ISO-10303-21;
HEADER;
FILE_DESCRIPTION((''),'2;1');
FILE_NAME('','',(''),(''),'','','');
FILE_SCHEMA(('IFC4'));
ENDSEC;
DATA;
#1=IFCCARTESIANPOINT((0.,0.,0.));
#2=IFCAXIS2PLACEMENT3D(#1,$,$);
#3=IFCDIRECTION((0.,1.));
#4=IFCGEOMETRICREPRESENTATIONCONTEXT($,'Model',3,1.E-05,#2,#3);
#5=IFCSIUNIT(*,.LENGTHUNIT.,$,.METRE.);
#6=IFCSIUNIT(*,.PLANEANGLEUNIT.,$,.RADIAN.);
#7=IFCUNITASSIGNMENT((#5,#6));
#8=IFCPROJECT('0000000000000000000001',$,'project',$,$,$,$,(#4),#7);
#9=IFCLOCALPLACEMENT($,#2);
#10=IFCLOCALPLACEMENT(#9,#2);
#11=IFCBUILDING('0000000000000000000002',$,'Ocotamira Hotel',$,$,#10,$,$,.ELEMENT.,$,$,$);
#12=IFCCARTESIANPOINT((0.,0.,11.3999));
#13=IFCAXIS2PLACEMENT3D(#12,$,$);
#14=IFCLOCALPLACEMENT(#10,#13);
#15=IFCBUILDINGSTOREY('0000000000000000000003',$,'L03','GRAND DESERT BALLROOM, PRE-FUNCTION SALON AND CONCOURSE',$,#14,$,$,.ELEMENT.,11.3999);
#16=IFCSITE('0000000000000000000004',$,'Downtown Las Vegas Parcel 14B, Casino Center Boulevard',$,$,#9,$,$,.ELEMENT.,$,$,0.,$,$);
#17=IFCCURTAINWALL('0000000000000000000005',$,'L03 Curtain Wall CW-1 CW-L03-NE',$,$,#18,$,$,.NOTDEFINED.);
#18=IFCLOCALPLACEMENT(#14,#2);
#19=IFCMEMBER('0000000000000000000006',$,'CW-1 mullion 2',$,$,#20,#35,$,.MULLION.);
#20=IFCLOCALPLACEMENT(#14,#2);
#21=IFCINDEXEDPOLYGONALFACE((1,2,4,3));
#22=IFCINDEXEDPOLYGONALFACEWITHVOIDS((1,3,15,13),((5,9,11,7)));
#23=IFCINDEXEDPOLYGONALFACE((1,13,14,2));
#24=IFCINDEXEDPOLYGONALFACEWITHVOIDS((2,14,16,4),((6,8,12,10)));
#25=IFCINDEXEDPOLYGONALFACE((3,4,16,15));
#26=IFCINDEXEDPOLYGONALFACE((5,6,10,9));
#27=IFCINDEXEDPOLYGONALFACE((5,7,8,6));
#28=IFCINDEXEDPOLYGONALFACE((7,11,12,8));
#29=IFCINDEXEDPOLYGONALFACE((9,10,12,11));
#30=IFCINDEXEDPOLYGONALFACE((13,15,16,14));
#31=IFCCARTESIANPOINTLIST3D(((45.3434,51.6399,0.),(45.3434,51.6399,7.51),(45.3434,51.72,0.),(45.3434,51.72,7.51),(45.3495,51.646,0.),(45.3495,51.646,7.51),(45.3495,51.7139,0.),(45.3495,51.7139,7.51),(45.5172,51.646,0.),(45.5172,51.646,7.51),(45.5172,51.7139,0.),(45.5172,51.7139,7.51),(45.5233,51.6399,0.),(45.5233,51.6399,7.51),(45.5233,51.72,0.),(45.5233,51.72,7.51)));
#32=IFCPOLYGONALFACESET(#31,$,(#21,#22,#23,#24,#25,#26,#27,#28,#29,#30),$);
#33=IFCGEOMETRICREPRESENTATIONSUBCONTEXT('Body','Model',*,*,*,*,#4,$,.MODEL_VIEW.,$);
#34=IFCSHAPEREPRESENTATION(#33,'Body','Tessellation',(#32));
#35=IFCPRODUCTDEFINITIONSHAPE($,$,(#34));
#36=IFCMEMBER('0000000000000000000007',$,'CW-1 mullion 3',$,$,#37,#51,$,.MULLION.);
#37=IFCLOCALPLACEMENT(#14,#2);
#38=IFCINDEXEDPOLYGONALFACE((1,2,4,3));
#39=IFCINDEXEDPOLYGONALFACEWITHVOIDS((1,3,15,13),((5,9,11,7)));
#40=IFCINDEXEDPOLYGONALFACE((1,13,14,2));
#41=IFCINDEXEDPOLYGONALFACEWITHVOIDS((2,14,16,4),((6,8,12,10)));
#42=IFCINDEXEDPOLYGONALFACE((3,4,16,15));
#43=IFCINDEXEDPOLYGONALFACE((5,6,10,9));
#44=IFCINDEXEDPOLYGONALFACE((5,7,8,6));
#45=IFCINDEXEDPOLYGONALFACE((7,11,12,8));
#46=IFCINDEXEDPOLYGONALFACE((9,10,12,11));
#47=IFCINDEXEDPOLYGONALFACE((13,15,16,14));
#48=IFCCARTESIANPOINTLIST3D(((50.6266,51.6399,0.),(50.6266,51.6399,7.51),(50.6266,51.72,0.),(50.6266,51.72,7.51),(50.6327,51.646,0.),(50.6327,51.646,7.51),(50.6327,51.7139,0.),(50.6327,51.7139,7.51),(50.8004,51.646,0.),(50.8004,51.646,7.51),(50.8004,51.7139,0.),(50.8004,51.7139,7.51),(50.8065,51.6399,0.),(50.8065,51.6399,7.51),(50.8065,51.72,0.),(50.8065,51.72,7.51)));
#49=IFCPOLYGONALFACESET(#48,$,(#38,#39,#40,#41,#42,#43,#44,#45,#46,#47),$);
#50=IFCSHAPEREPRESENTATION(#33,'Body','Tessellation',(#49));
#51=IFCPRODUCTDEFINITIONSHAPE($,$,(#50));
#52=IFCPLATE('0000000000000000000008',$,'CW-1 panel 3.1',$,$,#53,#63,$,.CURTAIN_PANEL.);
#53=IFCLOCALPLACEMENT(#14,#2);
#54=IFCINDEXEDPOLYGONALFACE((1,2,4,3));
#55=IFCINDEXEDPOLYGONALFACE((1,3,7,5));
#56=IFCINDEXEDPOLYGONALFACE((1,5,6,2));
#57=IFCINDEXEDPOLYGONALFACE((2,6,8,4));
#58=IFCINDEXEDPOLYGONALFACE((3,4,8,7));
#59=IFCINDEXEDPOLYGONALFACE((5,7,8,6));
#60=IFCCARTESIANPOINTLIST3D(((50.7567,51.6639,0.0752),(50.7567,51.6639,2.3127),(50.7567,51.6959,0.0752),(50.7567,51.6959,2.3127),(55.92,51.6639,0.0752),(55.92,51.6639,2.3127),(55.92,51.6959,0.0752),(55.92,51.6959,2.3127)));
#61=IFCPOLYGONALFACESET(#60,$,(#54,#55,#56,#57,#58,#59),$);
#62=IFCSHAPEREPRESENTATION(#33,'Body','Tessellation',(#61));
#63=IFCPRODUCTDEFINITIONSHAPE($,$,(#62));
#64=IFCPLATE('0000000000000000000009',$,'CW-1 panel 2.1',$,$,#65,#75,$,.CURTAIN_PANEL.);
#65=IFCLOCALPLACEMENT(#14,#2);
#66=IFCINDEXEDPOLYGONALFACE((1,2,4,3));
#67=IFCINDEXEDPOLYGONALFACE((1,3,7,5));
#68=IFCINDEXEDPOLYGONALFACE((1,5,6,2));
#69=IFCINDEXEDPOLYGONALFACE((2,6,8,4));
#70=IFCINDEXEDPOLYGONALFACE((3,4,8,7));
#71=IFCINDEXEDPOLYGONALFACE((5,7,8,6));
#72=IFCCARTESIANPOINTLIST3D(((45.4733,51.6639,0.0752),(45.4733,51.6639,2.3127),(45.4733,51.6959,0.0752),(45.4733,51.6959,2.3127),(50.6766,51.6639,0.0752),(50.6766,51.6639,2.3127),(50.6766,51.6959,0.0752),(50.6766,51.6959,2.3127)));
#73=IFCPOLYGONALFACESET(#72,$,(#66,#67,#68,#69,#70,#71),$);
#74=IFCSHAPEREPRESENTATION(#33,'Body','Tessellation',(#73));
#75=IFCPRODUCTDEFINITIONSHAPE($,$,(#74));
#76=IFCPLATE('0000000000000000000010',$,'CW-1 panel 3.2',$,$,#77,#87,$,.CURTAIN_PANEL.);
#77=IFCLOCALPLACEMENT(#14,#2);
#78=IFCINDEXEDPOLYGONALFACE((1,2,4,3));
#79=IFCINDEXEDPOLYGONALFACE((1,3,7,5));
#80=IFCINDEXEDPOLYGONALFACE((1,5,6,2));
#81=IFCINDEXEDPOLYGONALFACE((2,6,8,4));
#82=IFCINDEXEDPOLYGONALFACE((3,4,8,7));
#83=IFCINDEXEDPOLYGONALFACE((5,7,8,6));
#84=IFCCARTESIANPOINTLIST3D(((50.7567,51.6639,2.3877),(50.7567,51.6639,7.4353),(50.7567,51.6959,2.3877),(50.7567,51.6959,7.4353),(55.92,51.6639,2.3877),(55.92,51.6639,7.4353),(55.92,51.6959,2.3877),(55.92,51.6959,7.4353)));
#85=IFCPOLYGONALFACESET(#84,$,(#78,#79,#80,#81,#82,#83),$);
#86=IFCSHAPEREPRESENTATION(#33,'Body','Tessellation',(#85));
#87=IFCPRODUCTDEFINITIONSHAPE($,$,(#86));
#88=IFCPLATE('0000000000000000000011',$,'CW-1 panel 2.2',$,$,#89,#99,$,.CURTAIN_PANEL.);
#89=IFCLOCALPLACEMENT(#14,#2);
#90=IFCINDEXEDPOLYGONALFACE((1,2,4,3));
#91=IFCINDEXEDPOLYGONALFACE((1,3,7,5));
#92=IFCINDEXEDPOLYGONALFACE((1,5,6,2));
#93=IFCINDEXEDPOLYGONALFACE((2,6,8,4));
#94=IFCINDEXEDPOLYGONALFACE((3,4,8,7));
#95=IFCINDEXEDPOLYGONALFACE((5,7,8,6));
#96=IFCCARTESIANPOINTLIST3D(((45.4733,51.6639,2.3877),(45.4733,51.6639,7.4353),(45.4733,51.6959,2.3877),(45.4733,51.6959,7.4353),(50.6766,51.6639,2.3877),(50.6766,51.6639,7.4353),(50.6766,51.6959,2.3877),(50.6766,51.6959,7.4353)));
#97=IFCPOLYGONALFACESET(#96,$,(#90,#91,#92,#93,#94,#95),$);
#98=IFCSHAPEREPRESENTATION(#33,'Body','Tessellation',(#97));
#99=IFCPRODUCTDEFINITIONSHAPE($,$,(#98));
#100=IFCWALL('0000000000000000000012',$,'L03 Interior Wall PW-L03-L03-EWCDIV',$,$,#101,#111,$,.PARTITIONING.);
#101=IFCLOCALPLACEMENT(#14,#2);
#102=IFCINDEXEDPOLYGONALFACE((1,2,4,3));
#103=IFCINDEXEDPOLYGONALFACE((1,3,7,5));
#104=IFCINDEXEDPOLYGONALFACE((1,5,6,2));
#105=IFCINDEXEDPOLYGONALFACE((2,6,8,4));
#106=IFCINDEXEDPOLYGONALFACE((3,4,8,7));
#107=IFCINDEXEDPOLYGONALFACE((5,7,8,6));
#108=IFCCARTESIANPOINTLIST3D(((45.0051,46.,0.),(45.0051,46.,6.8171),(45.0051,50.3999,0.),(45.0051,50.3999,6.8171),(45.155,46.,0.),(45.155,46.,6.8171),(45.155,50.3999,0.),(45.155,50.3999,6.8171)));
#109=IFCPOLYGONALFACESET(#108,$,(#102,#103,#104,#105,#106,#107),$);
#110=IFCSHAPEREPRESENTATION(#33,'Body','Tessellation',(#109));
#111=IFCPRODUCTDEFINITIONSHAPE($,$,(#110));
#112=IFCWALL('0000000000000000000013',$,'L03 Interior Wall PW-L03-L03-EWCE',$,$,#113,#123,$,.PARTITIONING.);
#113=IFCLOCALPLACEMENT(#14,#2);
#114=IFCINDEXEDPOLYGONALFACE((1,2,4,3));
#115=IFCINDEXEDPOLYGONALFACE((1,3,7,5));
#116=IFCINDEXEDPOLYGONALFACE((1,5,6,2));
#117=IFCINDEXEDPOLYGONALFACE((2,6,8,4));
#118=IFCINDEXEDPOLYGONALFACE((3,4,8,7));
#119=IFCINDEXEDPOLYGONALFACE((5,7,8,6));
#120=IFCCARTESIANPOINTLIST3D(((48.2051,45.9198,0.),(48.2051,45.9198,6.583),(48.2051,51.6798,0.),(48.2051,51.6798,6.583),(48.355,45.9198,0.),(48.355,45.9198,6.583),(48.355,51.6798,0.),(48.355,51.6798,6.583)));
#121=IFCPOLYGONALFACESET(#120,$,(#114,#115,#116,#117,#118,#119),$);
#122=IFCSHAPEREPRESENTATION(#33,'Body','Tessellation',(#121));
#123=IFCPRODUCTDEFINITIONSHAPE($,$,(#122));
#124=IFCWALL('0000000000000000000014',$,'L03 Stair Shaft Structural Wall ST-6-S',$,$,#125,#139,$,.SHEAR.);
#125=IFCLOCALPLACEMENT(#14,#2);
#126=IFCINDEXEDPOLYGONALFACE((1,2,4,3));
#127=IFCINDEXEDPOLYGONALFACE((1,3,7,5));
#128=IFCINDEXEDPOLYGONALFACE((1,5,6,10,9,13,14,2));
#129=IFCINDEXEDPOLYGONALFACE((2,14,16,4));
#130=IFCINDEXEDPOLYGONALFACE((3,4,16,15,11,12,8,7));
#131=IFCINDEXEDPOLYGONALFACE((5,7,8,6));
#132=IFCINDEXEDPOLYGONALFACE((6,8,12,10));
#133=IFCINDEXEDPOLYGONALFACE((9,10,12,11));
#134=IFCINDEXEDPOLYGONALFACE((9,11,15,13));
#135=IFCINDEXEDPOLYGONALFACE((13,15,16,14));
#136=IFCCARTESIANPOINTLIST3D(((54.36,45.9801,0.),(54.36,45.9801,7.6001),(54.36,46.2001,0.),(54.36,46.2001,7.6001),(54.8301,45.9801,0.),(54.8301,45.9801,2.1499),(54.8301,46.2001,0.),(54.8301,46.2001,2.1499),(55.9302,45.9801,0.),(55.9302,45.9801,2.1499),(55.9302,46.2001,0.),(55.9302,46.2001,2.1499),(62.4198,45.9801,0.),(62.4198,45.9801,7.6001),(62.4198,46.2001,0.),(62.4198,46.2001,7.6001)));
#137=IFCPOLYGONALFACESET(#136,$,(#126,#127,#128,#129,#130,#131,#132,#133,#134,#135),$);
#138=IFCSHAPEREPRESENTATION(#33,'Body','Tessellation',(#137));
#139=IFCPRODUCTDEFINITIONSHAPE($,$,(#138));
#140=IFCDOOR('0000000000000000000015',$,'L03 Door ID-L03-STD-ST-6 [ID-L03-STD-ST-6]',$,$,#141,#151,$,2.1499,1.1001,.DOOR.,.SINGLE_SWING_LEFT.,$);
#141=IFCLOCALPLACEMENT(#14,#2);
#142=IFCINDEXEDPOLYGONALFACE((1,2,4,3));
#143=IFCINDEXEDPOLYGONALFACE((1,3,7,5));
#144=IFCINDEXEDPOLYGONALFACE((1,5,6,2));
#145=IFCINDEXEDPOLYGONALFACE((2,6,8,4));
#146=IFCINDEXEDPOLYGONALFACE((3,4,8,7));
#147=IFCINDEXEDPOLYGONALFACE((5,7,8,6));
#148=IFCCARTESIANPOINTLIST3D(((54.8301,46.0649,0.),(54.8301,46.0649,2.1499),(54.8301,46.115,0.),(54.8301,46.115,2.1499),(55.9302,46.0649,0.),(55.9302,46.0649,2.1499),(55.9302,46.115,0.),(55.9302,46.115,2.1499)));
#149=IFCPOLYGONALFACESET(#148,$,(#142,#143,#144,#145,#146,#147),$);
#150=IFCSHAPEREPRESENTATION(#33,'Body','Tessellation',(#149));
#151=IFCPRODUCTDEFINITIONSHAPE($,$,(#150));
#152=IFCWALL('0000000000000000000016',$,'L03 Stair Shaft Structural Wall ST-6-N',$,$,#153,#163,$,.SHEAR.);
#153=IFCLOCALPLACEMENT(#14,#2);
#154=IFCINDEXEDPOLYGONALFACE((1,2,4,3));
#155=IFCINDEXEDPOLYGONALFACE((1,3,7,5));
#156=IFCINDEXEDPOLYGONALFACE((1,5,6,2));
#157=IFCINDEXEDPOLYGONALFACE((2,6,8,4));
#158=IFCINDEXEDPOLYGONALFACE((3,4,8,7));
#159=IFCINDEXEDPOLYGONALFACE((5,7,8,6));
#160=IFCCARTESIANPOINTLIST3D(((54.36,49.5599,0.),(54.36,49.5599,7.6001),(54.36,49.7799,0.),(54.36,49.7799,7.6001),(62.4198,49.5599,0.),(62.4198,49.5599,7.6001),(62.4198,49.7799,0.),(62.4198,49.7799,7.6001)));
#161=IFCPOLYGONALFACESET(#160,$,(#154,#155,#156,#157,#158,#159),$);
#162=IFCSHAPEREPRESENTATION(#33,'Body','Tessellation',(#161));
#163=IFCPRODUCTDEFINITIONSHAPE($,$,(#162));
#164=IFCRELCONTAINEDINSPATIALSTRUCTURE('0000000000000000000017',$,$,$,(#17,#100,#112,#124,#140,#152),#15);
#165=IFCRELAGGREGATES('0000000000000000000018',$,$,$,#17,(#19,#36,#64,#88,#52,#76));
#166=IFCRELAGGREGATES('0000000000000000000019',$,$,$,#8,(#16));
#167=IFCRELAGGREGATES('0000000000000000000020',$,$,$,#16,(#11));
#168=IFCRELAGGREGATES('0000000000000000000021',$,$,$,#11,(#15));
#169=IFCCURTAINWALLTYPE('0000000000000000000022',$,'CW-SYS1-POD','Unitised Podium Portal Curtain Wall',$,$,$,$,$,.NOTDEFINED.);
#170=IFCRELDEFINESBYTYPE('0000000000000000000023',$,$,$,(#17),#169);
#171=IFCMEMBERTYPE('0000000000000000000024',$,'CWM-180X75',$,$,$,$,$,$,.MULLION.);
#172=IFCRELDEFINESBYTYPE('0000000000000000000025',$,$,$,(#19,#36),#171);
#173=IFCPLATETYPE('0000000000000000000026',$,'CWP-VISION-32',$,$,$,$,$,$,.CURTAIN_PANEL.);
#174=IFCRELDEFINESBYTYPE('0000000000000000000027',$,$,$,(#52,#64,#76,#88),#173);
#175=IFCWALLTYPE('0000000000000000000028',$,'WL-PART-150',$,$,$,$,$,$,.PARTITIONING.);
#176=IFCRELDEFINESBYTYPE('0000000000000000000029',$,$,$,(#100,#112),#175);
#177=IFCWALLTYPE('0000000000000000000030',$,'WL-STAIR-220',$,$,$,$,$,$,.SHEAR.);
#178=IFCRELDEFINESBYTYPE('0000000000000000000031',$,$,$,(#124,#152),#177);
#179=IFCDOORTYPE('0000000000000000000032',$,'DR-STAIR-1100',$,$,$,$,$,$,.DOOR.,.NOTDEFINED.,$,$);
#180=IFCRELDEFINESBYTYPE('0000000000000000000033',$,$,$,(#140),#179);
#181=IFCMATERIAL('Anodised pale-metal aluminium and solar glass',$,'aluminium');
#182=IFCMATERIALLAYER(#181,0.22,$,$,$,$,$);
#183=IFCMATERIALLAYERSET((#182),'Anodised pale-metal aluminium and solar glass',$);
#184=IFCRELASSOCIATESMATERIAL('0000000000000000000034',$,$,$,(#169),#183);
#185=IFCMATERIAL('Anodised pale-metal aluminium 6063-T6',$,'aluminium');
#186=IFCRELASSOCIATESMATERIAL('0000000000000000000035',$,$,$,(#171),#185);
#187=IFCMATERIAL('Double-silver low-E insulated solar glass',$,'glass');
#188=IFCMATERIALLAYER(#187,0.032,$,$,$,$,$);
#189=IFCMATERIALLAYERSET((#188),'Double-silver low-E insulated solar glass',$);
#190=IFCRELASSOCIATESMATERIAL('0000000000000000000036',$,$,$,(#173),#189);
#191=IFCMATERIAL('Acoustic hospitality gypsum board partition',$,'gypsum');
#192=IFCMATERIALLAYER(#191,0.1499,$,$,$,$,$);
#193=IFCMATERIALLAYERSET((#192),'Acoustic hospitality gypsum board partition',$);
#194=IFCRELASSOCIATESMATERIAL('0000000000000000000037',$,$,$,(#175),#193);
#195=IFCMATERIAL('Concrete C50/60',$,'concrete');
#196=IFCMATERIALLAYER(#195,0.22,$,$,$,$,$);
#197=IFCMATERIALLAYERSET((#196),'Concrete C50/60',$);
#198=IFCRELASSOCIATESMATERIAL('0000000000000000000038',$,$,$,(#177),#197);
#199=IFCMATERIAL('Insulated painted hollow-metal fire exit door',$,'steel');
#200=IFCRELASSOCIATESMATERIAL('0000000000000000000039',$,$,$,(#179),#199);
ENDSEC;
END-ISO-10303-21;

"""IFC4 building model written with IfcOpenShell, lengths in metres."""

from ifc_helpers import new_model, si_unit, direction, frame, frame_2d, origin, origin_2d, place, context, subcontext, project, spatial, rectangle, hollow_rectangle, extrude, source, transform, mapped, material, layer, layer_set, material_profile, profile_set, type_object, element, fill, aggregate, save


model = new_model("IFC4")

# Units and contexts
model_context = context("Model", 3, precision=1e-05, world=origin(), true_north=direction((0.0, 1.0)))
body_context = subcontext(model_context, "Body", "Model", "MODEL_VIEW")
ifc_project = project(units=[si_unit("LENGTHUNIT", "METRE"), si_unit("PLANEANGLEUNIT", "RADIAN")], contexts=[model_context])

# Site, building, storey
site_placement = place(None, origin())
site = spatial("IfcSite", under=ifc_project, at=site_placement, Name="Downtown Las Vegas Parcel 14B, Casino Center Boulevard", CompositionType="ELEMENT", RefElevation=0.0)
building_placement = place(site_placement, origin())
building = spatial("IfcBuilding", under=site, at=building_placement, Name="Ocotamira Hotel", CompositionType="ELEMENT")
storey_placement = place(building_placement, frame((0.0, 0.0, 11.3999)))
storey = spatial("IfcBuildingStorey", under=building, at=storey_placement, Name="L03", Description="GRAND DESERT BALLROOM, PRE-FUNCTION SALON AND CONCOURSE", CompositionType="ELEMENT", Elevation=11.3999)

# Curtain wall, members, plates
ifc_material_1 = material(Name="Anodised pale-metal aluminium and solar glass", Category="aluminium")
ifc_layer_1 = layer(ifc_material_1, 0.22)
ifc_layer_set_1 = layer_set([ifc_layer_1], Name="Anodised pale-metal aluminium and solar glass")
curtain_wall_type = type_object("IfcCurtainWallType", Name="CW-SYS1-POD", Description="Unitised Podium Portal Curtain Wall", PredefinedType="NOTDEFINED", material=ifc_layer_set_1)
curtain_wall_placement = place(storey_placement, origin())
curtain_wall = element("IfcCurtainWall", 1, at=curtain_wall_placement, inside=storey, type_object=curtain_wall_type, Name="L03 Curtain Wall CW-1 CW-L03-NE", PredefinedType="NOTDEFINED")
ifc_material_2 = material(Name="Anodised pale-metal aluminium 6063-T6", Category="aluminium")
ifc_material_profile_1 = material_profile(ifc_material_2, hollow_rectangle(XDim=0.0801, YDim=0.1799, WallThickness=0.0061, at=origin_2d()), Name="HSS180X80X6")
ifc_profile_set_1 = profile_set([ifc_material_profile_1], Name="Anodised pale-metal aluminium 6063-T6")
member_type_1 = type_object("IfcMemberType", Name="CWM-180X75", PredefinedType="MULLION", material=ifc_profile_set_1)
shared_shape_1 = source(origin(), body_context, "Body", "SweptSolid", [
    extrude(hollow_rectangle(XDim=0.0801, YDim=0.1799, WallThickness=0.0061, at=origin_2d()), origin(), (0.0, 0.0, 1.0), 7.51),
])
member_1_placement = place(storey_placement, frame((45.4333, 51.6799, 0.0), z_axis=(0.0, 0.0, 1.0), x_axis=(0.0, 1.0, 0.0)))
member_1 = element("IfcMember", 2, at=member_1_placement, type_object=member_type_1, Name="CW-1 mullion 2", PredefinedType="MULLION", context=body_context, shape_type="MappedRepresentation", body=[
    mapped(shared_shape_1, transform((0.0, 0.0, 0.0), scale=1.0)),
])
member_2_placement = place(storey_placement, frame((50.7166, 51.6799, 0.0), z_axis=(0.0, 0.0, 1.0), x_axis=(0.0, 1.0, 0.0)))
member_2 = element("IfcMember", 3, at=member_2_placement, type_object=member_type_1, Name="CW-1 mullion 3", PredefinedType="MULLION", context=body_context, shape_type="MappedRepresentation", body=[
    mapped(shared_shape_1, transform((0.0, 0.0, 0.0), scale=1.0)),
])
ifc_material_3 = material(Name="Double-silver low-E insulated solar glass", Category="glass")
ifc_layer_2 = layer(ifc_material_3, 0.032)
ifc_layer_set_2 = layer_set([ifc_layer_2], Name="Double-silver low-E insulated solar glass")
plate_type = type_object("IfcPlateType", Name="CWP-VISION-32", PredefinedType="CURTAIN_PANEL", material=ifc_layer_set_2)
shared_shape_2 = source(origin(), body_context, "Body", "SweptSolid", [
    extrude(rectangle(XDim=5.1633, YDim=0.032, at=origin_2d()), origin(), (0.0, 0.0, 1.0), 2.2375),
])
plate_1_placement = place(storey_placement, frame((53.3384, 51.6799, 0.0752), z_axis=(0.0, 0.0, 1.0), x_axis=(1.0, 0.0, 0.0)))
plate_1 = element("IfcPlate", 4, at=plate_1_placement, type_object=plate_type, Name="CW-1 panel 3.1", PredefinedType="CURTAIN_PANEL", context=body_context, shape_type="MappedRepresentation", body=[
    mapped(shared_shape_2, transform((0.0, 0.0, 0.0), scale=1.0)),
])
shared_shape_3 = source(origin(), body_context, "Body", "SweptSolid", [
    extrude(rectangle(XDim=5.2034, YDim=0.032, at=origin_2d()), origin(), (0.0, 0.0, 1.0), 2.2375),
])
plate_2_placement = place(storey_placement, frame((48.075, 51.6799, 0.0752), z_axis=(0.0, 0.0, 1.0), x_axis=(1.0, 0.0, 0.0)))
plate_2 = element("IfcPlate", 5, at=plate_2_placement, type_object=plate_type, Name="CW-1 panel 2.1", PredefinedType="CURTAIN_PANEL", context=body_context, shape_type="MappedRepresentation", body=[
    mapped(shared_shape_3, transform((0.0, 0.0, 0.0), scale=1.0)),
])
shared_shape_4 = source(origin(), body_context, "Body", "SweptSolid", [
    extrude(rectangle(XDim=5.1633, YDim=0.032, at=origin_2d()), origin(), (0.0, 0.0, 1.0), 5.0476),
])
plate_3_placement = place(storey_placement, frame((53.3384, 51.6799, 2.3877), z_axis=(0.0, 0.0, 1.0), x_axis=(1.0, 0.0, 0.0)))
plate_3 = element("IfcPlate", 6, at=plate_3_placement, type_object=plate_type, Name="CW-1 panel 3.2", PredefinedType="CURTAIN_PANEL", context=body_context, shape_type="MappedRepresentation", body=[
    mapped(shared_shape_4, transform((0.0, 0.0, 0.0), scale=1.0)),
])
shared_shape_5 = source(origin(), body_context, "Body", "SweptSolid", [
    extrude(rectangle(XDim=5.2034, YDim=0.032, at=origin_2d()), origin(), (0.0, 0.0, 1.0), 5.0476),
])
plate_4_placement = place(storey_placement, frame((48.075, 51.6799, 2.3877), z_axis=(0.0, 0.0, 1.0), x_axis=(1.0, 0.0, 0.0)))
plate_4 = element("IfcPlate", 7, at=plate_4_placement, type_object=plate_type, Name="CW-1 panel 2.2", PredefinedType="CURTAIN_PANEL", context=body_context, shape_type="MappedRepresentation", body=[
    mapped(shared_shape_5, transform((0.0, 0.0, 0.0), scale=1.0)),
])
aggregate(curtain_wall, [member_1, member_2, plate_2, plate_4, plate_1, plate_3])

# Walls
ifc_material_4 = material(Name="Acoustic hospitality gypsum board partition", Category="gypsum")
ifc_layer_3 = layer(ifc_material_4, 0.1499)
ifc_layer_set_3 = layer_set([ifc_layer_3], Name="Acoustic hospitality gypsum board partition")
wall_type_1 = type_object("IfcWallType", Name="WL-PART-150", PredefinedType="PARTITIONING", material=ifc_layer_set_3)
wall_1_placement = place(storey_placement, frame((45.0801, 46.0, 0.0), z_axis=(0.0, 0.0, 1.0), x_axis=(0.0, 1.0, 0.0)))
element("IfcWall", 8, at=wall_1_placement, inside=storey, type_object=wall_type_1, Name="L03 Interior Wall PW-L03-L03-EWCDIV", PredefinedType="PARTITIONING", context=body_context, shape_type="SweptSolid", body=[
    extrude(rectangle(XDim=4.3999, YDim=0.1499, at=frame_2d((2.2, 0.0))), origin(), (0.0, 0.0, 1.0), 6.8171),
])
wall_2_placement = place(storey_placement, frame((48.28, 45.9199, 0.0), z_axis=(0.0, 0.0, 1.0), x_axis=(0.0, 1.0, 0.0)))
element("IfcWall", 9, at=wall_2_placement, inside=storey, type_object=wall_type_1, Name="L03 Interior Wall PW-L03-L03-EWCE", PredefinedType="PARTITIONING", context=body_context, shape_type="SweptSolid", body=[
    extrude(rectangle(XDim=5.76, YDim=0.1499, at=frame_2d((2.8799, 0.0))), origin(), (0.0, 0.0, 1.0), 6.583),
])

# Wall, opening, door
ifc_material_5 = material(Name="Concrete C50/60", Category="concrete")
ifc_layer_4 = layer(ifc_material_5, 0.22)
ifc_layer_set_4 = layer_set([ifc_layer_4], Name="Concrete C50/60")
wall_type_2 = type_object("IfcWallType", Name="WL-STAIR-220", PredefinedType="SHEAR", material=ifc_layer_set_4)
wall_3_placement = place(storey_placement, frame((54.3601, 46.0901, 0.0), z_axis=(0.0, 0.0, 1.0), x_axis=(1.0, 0.0, 0.0)))
wall_3 = element("IfcWall", 10, at=wall_3_placement, inside=storey, type_object=wall_type_2, Name="L03 Stair Shaft Structural Wall ST-6-S", PredefinedType="SHEAR", context=body_context, shape_type="SweptSolid", body=[
    extrude(rectangle(XDim=8.0598, YDim=0.22, at=frame_2d((4.0298, 0.0))), origin(), (0.0, 0.0, 1.0), 7.6001),
])
opening_placement = place(wall_3_placement, frame((0.47, 0.0, 0.0)))
opening = element("IfcOpeningElement", 11, at=opening_placement, cuts=wall_3, PredefinedType="OPENING", context=body_context, shape_type="SweptSolid", body=[
    extrude(rectangle(XDim=1.1001, YDim=2.1499, at=frame_2d((0.55, 1.075))), frame((0.0, 0.1201, 0.0), z_axis=(0.0, -1.0, 0.0), x_axis=(1.0, 0.0, 0.0)), (0.0, 0.0, 1.0), 0.24),
])
ifc_material_6 = material(Name="Insulated painted hollow-metal fire exit door", Category="steel")
door_type = type_object("IfcDoorType", Name="DR-STAIR-1100", OperationType="NOTDEFINED", PredefinedType="DOOR", material=ifc_material_6)
shared_shape_6 = source(origin(), body_context, "Body", "SweptSolid", [
    extrude(rectangle(XDim=1.1001, YDim=2.1499, at=frame_2d((0.55, 1.075))), frame((0.0, 0.0249, 0.0), z_axis=(0.0, -1.0, 0.0), x_axis=(1.0, 0.0, 0.0)), (0.0, 0.0, 1.0), 0.05),
])
door_placement = place(opening_placement, origin())
door = element("IfcDoor", 12, at=door_placement, inside=storey, type_object=door_type, Name="L03 Door ID-L03-STD-ST-6 [ID-L03-STD-ST-6]", OperationType="SINGLE_SWING_LEFT", OverallHeight=2.1499, OverallWidth=1.1001, PredefinedType="DOOR", context=body_context, shape_type="MappedRepresentation", body=[
    mapped(shared_shape_6, transform((0.0, 0.0, 0.0), scale=1.0)),
])
fill(opening, door)

# Wall
wall_4_placement = place(storey_placement, frame((54.3601, 49.6699, 0.0), z_axis=(0.0, 0.0, 1.0), x_axis=(1.0, 0.0, 0.0)))
element("IfcWall", 13, at=wall_4_placement, inside=storey, type_object=wall_type_2, Name="L03 Stair Shaft Structural Wall ST-6-N", PredefinedType="SHEAR", context=body_context, shape_type="SweptSolid", body=[
    extrude(rectangle(XDim=8.0598, YDim=0.22, at=frame_2d((4.0298, 0.0))), origin(), (0.0, 0.0, 1.0), 7.6001),
])

save(model, "model.ifc")
